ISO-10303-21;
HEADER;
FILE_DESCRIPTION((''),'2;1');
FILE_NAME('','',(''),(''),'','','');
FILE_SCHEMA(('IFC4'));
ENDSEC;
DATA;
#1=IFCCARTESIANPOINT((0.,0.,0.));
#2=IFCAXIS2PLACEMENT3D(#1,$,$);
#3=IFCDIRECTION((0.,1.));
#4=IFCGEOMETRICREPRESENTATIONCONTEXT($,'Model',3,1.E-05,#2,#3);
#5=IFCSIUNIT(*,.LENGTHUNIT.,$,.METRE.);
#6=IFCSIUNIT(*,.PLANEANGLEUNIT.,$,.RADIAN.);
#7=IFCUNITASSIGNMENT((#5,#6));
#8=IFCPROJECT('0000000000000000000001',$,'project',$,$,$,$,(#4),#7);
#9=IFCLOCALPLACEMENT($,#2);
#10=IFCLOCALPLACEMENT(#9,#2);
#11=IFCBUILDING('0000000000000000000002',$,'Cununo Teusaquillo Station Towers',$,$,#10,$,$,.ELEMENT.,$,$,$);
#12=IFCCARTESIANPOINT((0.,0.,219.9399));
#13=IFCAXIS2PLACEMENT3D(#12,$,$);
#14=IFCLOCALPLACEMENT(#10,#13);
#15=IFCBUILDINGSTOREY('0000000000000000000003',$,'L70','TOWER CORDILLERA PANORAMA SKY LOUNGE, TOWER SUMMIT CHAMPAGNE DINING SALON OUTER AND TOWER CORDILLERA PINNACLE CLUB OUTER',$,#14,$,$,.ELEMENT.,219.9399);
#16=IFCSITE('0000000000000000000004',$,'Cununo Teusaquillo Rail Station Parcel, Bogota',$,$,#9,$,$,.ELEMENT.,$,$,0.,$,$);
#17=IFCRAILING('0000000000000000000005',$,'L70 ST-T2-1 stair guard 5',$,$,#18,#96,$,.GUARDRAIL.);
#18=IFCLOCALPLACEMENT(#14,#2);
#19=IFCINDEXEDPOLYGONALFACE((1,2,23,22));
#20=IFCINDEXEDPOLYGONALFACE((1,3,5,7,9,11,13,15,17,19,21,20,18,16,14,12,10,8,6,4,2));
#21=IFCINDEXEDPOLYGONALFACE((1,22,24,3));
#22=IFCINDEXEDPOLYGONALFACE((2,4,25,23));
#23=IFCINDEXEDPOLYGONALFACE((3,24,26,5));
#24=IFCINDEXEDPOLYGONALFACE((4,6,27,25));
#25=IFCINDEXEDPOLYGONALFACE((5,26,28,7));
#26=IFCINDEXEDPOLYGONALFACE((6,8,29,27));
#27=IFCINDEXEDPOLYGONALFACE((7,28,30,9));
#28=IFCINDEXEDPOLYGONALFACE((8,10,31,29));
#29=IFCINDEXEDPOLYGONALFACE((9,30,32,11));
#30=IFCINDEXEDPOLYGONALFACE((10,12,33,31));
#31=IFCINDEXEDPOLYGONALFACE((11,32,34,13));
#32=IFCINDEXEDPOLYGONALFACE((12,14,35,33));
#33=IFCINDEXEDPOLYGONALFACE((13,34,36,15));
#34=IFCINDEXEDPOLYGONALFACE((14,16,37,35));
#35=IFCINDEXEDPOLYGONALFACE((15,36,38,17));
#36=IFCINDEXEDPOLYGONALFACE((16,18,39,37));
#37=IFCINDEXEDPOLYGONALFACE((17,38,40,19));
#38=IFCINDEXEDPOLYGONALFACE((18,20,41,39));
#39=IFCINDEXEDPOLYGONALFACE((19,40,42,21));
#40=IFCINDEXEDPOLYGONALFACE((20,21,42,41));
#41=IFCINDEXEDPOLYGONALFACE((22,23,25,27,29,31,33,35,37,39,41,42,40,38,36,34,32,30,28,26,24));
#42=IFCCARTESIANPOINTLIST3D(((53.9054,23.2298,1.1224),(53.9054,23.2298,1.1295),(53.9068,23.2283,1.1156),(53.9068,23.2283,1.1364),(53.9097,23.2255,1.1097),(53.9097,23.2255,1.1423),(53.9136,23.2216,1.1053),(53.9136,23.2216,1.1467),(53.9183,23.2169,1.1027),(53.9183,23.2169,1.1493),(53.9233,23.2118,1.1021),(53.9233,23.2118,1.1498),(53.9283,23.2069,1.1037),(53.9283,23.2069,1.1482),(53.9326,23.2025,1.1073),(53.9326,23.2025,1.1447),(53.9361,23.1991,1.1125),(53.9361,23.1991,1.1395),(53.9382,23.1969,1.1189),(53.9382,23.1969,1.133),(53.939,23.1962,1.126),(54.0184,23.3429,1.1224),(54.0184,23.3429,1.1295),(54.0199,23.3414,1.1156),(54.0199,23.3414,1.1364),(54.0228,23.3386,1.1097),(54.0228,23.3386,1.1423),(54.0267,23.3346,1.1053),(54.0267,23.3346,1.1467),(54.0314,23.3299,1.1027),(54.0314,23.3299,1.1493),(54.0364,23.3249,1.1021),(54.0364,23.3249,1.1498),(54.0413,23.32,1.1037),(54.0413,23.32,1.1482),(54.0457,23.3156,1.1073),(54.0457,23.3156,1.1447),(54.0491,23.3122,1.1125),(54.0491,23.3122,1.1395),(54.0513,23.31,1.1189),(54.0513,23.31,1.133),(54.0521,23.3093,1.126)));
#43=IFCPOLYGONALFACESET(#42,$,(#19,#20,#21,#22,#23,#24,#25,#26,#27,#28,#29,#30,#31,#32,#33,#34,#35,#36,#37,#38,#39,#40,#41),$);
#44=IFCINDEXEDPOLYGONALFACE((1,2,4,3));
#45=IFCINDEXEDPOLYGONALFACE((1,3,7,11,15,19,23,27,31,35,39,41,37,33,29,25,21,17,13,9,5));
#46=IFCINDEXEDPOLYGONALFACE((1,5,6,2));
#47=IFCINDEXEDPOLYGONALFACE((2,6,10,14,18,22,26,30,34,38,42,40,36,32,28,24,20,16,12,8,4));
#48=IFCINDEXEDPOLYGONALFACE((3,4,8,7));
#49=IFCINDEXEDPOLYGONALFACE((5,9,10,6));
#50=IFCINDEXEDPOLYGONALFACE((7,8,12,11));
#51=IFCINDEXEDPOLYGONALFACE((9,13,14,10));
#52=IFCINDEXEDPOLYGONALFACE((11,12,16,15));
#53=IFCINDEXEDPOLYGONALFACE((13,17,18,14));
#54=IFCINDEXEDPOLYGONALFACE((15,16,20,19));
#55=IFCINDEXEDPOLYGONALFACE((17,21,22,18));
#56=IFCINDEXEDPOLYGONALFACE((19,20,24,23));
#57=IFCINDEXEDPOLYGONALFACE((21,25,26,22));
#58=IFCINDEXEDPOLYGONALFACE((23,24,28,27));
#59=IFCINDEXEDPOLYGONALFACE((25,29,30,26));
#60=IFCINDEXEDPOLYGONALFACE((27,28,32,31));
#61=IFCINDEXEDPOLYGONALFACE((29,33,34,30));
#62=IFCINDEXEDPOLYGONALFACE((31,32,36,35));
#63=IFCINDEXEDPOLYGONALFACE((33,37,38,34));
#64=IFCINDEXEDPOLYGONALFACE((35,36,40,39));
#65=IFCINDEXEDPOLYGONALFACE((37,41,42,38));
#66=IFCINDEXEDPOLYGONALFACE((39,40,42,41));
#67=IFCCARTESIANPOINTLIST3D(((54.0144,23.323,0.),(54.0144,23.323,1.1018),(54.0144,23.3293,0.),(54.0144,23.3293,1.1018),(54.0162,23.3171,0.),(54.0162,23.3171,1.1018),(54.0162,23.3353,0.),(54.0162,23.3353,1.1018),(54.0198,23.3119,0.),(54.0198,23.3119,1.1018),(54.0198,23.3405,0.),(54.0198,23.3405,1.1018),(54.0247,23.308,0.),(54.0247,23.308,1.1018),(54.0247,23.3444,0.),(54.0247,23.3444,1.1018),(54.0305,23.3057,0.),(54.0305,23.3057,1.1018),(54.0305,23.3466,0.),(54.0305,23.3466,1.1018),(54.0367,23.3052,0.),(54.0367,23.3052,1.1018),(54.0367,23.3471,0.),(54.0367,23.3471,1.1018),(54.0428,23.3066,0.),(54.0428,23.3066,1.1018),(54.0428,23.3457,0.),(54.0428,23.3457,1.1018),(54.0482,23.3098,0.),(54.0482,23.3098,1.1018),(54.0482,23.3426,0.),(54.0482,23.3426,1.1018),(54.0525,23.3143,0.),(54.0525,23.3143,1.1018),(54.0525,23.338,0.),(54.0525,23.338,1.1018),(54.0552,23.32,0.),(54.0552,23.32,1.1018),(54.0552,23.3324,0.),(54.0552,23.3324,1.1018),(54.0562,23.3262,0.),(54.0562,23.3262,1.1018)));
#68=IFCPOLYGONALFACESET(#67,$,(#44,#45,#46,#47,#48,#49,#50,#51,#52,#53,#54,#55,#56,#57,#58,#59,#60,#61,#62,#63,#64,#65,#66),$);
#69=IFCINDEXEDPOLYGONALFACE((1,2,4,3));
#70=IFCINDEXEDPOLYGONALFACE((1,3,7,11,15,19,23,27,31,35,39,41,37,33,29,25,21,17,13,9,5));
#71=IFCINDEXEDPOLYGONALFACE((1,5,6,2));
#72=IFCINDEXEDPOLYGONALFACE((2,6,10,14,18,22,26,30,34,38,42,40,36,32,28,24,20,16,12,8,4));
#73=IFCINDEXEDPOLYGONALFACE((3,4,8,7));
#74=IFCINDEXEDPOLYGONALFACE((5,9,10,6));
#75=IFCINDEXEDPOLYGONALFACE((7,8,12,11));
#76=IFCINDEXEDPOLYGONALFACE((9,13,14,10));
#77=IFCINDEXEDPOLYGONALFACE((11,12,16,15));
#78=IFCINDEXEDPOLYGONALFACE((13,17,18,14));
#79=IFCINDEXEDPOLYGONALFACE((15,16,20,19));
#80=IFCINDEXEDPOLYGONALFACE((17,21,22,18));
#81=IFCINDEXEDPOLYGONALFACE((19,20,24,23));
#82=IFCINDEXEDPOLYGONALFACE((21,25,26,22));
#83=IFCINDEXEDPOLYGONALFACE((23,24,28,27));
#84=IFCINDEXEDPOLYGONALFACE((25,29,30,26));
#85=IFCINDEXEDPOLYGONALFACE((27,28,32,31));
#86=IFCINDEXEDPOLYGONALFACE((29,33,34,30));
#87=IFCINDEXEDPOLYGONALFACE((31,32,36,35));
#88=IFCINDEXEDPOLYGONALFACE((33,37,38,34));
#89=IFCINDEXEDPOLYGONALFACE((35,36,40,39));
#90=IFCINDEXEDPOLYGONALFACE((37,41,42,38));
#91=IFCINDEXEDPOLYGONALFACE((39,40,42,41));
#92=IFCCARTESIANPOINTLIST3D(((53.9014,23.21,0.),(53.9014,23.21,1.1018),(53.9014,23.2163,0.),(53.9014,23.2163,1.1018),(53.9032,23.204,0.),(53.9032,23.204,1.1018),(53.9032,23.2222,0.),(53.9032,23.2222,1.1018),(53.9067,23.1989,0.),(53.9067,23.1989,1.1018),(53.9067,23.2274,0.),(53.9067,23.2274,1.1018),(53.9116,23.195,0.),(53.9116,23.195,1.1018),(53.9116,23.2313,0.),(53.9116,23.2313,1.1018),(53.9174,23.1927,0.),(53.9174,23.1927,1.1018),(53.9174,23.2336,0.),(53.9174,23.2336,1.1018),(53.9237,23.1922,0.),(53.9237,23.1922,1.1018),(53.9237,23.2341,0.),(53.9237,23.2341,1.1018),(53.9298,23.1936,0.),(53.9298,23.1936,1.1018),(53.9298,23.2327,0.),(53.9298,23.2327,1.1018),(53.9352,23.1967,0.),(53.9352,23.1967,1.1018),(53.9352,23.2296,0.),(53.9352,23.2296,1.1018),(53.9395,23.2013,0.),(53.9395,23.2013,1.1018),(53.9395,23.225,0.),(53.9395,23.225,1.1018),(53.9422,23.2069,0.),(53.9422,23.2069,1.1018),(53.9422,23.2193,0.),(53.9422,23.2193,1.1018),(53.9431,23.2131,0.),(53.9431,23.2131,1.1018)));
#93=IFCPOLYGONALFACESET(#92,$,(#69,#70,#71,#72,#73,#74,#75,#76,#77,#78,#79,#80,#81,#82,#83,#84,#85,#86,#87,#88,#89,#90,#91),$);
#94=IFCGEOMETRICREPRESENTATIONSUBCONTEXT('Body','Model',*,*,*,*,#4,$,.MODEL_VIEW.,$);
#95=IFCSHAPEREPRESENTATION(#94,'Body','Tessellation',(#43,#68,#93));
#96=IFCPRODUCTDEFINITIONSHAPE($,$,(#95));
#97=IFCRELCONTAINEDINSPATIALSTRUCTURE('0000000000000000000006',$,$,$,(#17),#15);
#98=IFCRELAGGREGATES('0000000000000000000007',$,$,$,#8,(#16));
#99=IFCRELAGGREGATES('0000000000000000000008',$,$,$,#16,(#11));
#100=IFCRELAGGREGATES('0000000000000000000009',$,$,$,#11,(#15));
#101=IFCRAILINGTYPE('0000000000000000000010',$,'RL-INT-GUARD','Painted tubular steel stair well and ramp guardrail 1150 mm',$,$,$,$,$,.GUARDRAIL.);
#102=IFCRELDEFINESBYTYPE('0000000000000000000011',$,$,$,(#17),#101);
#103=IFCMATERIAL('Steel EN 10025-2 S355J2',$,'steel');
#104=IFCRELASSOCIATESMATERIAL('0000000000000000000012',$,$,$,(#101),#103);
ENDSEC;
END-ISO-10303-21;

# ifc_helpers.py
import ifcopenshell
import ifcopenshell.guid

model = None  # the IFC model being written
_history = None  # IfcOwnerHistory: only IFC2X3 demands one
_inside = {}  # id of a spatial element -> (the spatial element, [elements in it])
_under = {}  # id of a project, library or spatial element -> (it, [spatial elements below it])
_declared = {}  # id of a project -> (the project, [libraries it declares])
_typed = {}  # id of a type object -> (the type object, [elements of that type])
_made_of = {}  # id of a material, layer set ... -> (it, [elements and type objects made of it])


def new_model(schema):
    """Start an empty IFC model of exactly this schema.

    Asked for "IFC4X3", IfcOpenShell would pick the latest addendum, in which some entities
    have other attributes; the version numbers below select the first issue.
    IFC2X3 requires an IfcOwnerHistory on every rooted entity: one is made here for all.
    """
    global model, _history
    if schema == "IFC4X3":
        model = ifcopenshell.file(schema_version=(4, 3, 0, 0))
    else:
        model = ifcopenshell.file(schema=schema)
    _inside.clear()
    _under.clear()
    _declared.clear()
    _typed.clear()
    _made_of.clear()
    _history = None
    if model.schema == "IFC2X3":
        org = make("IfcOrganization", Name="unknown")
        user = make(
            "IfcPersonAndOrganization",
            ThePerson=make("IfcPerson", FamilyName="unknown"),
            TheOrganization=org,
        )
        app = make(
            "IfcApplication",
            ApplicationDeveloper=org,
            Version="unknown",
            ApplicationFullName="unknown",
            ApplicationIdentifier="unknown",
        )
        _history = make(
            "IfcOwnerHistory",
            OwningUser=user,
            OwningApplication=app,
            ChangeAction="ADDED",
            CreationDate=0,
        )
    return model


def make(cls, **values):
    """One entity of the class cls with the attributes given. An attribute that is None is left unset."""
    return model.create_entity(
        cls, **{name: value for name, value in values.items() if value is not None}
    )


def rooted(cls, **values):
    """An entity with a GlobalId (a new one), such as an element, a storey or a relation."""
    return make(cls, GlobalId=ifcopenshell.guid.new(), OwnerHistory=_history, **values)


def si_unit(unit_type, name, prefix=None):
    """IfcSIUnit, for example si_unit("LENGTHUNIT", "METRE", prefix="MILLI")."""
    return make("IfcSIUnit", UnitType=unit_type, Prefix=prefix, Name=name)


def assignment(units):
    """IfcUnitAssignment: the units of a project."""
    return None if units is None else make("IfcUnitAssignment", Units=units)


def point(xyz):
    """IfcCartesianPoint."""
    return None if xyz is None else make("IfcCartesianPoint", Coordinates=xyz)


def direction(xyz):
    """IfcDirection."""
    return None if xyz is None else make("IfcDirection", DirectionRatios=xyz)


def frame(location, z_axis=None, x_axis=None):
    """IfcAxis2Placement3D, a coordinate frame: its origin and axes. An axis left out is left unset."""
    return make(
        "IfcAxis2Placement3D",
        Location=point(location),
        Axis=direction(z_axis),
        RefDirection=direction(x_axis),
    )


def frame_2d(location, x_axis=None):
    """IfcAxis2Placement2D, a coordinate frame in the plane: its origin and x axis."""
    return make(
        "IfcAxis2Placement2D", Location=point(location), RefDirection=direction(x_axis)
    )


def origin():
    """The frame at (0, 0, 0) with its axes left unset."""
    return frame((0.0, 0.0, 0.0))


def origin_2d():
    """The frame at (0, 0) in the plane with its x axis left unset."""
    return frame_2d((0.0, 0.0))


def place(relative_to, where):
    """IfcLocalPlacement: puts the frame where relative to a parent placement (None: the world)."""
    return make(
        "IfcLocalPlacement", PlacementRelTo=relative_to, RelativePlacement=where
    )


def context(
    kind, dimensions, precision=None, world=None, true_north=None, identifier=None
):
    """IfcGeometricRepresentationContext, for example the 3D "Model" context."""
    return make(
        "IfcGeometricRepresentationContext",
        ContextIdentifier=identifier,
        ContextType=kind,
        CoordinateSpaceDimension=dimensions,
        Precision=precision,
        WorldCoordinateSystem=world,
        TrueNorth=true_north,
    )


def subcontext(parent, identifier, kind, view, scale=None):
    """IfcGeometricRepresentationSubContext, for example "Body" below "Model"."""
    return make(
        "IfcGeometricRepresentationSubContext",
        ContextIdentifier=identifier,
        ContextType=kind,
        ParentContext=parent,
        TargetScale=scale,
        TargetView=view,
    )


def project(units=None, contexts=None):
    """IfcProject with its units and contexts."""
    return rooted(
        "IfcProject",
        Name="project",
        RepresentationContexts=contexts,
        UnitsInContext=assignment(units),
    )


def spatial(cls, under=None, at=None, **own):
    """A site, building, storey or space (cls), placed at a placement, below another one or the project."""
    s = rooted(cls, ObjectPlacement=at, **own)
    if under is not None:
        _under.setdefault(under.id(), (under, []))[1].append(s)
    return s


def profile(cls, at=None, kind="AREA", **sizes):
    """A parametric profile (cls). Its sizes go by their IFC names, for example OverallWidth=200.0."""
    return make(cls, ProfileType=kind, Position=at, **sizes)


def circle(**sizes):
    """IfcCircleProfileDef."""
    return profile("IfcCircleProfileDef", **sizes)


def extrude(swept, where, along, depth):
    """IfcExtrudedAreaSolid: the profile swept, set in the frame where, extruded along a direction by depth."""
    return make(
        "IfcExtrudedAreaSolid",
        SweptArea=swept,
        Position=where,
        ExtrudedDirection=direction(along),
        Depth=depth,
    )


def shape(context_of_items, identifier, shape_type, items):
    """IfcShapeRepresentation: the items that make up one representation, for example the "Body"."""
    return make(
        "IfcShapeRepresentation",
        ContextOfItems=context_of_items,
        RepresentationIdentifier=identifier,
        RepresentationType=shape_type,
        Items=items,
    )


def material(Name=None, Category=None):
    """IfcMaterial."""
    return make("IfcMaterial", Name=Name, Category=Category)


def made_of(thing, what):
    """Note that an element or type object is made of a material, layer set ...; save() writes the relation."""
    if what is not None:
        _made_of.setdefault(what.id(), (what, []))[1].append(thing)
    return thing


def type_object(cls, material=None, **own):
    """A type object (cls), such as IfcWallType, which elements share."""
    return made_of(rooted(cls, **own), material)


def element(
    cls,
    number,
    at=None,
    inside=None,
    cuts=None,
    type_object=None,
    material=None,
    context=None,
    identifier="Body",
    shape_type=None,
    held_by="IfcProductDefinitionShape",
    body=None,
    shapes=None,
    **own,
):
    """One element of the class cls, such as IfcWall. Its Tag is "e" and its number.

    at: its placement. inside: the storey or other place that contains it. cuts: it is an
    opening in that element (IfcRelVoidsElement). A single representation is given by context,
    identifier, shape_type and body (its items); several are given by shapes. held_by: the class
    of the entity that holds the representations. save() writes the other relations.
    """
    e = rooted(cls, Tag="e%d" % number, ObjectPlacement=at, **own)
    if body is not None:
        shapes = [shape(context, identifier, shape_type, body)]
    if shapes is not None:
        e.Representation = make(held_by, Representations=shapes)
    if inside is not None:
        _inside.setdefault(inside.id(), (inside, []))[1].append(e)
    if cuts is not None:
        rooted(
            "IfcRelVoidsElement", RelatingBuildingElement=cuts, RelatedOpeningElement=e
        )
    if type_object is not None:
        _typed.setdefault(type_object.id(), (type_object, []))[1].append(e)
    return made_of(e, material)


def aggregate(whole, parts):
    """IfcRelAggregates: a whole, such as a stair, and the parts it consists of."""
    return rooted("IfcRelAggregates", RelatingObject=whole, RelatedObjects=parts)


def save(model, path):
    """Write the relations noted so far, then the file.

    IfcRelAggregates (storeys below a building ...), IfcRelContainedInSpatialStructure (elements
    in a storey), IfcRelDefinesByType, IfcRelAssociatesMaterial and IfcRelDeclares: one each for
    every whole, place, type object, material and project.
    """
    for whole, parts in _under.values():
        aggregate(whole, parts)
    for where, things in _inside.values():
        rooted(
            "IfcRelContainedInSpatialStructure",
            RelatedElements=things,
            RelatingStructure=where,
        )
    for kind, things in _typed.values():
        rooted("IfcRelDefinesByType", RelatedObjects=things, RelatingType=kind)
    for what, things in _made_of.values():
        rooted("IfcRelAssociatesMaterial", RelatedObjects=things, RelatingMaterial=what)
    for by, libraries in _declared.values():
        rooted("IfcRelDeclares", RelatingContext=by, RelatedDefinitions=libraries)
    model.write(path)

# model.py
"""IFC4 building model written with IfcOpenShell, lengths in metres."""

from ifc_helpers import new_model, si_unit, direction, frame, origin, origin_2d, place, context, subcontext, project, spatial, circle, extrude, material, type_object, element, save


model = new_model("IFC4")

# Units and contexts
model_context = context("Model", 3, precision=1e-05, world=origin(), true_north=direction((0.0, 1.0)))
body_context = subcontext(model_context, "Body", "Model", "MODEL_VIEW")
ifc_project = project(units=[si_unit("LENGTHUNIT", "METRE"), si_unit("PLANEANGLEUNIT", "RADIAN")], contexts=[model_context])

# Site, building, storey
site_placement = place(None, origin())
site = spatial("IfcSite", under=ifc_project, at=site_placement, Name="Cununo Teusaquillo Rail Station Parcel, Bogota", CompositionType="ELEMENT", RefElevation=0.0)
building_placement = place(site_placement, origin())
building = spatial("IfcBuilding", under=site, at=building_placement, Name="Cununo Teusaquillo Station Towers", CompositionType="ELEMENT")
storey_placement = place(building_placement, frame((0.0, 0.0, 219.9399)))
storey = spatial("IfcBuildingStorey", under=building, at=storey_placement, Name="L70", Description="TOWER CORDILLERA PANORAMA SKY LOUNGE, TOWER SUMMIT CHAMPAGNE DINING SALON OUTER AND TOWER CORDILLERA PINNACLE CLUB OUTER", CompositionType="ELEMENT", Elevation=219.9399)

# Railing
ifc_material_1 = material(Name="Steel EN 10025-2 S355J2", Category="steel")
railing_type_1 = type_object("IfcRailingType", Name="RL-INT-GUARD", Description="Painted tubular steel stair well and ramp guardrail 1150 mm", PredefinedType="GUARDRAIL", material=ifc_material_1)
railing_1_placement = place(storey_placement, frame((54.0352, 23.3262, 0.0)))
element("IfcRailing", 1, at=railing_1_placement, inside=storey, type_object=railing_type_1, Name="L70 ST-T2-1 stair guard 5", PredefinedType="GUARDRAIL", context=body_context, shape_type="SweptSolid", body=[
    extrude(circle(Radius=0.0239, at=origin_2d()), frame((0.0, 0.0, 1.126), z_axis=(-0.707107, -0.707107, 0.0), x_axis=(0.707107, -0.707107, 0.0)), (0.0, 0.0, 1.0), 0.1599),
    extrude(circle(Radius=0.021, at=origin_2d()), origin(), (0.0, 0.0, 1.0), 1.1018),
    extrude(circle(Radius=0.021, at=origin_2d()), frame((-0.113, -0.113, 0.0)), (0.0, 0.0, 1.0), 1.1018),
])

save(model, "model.ifc")
